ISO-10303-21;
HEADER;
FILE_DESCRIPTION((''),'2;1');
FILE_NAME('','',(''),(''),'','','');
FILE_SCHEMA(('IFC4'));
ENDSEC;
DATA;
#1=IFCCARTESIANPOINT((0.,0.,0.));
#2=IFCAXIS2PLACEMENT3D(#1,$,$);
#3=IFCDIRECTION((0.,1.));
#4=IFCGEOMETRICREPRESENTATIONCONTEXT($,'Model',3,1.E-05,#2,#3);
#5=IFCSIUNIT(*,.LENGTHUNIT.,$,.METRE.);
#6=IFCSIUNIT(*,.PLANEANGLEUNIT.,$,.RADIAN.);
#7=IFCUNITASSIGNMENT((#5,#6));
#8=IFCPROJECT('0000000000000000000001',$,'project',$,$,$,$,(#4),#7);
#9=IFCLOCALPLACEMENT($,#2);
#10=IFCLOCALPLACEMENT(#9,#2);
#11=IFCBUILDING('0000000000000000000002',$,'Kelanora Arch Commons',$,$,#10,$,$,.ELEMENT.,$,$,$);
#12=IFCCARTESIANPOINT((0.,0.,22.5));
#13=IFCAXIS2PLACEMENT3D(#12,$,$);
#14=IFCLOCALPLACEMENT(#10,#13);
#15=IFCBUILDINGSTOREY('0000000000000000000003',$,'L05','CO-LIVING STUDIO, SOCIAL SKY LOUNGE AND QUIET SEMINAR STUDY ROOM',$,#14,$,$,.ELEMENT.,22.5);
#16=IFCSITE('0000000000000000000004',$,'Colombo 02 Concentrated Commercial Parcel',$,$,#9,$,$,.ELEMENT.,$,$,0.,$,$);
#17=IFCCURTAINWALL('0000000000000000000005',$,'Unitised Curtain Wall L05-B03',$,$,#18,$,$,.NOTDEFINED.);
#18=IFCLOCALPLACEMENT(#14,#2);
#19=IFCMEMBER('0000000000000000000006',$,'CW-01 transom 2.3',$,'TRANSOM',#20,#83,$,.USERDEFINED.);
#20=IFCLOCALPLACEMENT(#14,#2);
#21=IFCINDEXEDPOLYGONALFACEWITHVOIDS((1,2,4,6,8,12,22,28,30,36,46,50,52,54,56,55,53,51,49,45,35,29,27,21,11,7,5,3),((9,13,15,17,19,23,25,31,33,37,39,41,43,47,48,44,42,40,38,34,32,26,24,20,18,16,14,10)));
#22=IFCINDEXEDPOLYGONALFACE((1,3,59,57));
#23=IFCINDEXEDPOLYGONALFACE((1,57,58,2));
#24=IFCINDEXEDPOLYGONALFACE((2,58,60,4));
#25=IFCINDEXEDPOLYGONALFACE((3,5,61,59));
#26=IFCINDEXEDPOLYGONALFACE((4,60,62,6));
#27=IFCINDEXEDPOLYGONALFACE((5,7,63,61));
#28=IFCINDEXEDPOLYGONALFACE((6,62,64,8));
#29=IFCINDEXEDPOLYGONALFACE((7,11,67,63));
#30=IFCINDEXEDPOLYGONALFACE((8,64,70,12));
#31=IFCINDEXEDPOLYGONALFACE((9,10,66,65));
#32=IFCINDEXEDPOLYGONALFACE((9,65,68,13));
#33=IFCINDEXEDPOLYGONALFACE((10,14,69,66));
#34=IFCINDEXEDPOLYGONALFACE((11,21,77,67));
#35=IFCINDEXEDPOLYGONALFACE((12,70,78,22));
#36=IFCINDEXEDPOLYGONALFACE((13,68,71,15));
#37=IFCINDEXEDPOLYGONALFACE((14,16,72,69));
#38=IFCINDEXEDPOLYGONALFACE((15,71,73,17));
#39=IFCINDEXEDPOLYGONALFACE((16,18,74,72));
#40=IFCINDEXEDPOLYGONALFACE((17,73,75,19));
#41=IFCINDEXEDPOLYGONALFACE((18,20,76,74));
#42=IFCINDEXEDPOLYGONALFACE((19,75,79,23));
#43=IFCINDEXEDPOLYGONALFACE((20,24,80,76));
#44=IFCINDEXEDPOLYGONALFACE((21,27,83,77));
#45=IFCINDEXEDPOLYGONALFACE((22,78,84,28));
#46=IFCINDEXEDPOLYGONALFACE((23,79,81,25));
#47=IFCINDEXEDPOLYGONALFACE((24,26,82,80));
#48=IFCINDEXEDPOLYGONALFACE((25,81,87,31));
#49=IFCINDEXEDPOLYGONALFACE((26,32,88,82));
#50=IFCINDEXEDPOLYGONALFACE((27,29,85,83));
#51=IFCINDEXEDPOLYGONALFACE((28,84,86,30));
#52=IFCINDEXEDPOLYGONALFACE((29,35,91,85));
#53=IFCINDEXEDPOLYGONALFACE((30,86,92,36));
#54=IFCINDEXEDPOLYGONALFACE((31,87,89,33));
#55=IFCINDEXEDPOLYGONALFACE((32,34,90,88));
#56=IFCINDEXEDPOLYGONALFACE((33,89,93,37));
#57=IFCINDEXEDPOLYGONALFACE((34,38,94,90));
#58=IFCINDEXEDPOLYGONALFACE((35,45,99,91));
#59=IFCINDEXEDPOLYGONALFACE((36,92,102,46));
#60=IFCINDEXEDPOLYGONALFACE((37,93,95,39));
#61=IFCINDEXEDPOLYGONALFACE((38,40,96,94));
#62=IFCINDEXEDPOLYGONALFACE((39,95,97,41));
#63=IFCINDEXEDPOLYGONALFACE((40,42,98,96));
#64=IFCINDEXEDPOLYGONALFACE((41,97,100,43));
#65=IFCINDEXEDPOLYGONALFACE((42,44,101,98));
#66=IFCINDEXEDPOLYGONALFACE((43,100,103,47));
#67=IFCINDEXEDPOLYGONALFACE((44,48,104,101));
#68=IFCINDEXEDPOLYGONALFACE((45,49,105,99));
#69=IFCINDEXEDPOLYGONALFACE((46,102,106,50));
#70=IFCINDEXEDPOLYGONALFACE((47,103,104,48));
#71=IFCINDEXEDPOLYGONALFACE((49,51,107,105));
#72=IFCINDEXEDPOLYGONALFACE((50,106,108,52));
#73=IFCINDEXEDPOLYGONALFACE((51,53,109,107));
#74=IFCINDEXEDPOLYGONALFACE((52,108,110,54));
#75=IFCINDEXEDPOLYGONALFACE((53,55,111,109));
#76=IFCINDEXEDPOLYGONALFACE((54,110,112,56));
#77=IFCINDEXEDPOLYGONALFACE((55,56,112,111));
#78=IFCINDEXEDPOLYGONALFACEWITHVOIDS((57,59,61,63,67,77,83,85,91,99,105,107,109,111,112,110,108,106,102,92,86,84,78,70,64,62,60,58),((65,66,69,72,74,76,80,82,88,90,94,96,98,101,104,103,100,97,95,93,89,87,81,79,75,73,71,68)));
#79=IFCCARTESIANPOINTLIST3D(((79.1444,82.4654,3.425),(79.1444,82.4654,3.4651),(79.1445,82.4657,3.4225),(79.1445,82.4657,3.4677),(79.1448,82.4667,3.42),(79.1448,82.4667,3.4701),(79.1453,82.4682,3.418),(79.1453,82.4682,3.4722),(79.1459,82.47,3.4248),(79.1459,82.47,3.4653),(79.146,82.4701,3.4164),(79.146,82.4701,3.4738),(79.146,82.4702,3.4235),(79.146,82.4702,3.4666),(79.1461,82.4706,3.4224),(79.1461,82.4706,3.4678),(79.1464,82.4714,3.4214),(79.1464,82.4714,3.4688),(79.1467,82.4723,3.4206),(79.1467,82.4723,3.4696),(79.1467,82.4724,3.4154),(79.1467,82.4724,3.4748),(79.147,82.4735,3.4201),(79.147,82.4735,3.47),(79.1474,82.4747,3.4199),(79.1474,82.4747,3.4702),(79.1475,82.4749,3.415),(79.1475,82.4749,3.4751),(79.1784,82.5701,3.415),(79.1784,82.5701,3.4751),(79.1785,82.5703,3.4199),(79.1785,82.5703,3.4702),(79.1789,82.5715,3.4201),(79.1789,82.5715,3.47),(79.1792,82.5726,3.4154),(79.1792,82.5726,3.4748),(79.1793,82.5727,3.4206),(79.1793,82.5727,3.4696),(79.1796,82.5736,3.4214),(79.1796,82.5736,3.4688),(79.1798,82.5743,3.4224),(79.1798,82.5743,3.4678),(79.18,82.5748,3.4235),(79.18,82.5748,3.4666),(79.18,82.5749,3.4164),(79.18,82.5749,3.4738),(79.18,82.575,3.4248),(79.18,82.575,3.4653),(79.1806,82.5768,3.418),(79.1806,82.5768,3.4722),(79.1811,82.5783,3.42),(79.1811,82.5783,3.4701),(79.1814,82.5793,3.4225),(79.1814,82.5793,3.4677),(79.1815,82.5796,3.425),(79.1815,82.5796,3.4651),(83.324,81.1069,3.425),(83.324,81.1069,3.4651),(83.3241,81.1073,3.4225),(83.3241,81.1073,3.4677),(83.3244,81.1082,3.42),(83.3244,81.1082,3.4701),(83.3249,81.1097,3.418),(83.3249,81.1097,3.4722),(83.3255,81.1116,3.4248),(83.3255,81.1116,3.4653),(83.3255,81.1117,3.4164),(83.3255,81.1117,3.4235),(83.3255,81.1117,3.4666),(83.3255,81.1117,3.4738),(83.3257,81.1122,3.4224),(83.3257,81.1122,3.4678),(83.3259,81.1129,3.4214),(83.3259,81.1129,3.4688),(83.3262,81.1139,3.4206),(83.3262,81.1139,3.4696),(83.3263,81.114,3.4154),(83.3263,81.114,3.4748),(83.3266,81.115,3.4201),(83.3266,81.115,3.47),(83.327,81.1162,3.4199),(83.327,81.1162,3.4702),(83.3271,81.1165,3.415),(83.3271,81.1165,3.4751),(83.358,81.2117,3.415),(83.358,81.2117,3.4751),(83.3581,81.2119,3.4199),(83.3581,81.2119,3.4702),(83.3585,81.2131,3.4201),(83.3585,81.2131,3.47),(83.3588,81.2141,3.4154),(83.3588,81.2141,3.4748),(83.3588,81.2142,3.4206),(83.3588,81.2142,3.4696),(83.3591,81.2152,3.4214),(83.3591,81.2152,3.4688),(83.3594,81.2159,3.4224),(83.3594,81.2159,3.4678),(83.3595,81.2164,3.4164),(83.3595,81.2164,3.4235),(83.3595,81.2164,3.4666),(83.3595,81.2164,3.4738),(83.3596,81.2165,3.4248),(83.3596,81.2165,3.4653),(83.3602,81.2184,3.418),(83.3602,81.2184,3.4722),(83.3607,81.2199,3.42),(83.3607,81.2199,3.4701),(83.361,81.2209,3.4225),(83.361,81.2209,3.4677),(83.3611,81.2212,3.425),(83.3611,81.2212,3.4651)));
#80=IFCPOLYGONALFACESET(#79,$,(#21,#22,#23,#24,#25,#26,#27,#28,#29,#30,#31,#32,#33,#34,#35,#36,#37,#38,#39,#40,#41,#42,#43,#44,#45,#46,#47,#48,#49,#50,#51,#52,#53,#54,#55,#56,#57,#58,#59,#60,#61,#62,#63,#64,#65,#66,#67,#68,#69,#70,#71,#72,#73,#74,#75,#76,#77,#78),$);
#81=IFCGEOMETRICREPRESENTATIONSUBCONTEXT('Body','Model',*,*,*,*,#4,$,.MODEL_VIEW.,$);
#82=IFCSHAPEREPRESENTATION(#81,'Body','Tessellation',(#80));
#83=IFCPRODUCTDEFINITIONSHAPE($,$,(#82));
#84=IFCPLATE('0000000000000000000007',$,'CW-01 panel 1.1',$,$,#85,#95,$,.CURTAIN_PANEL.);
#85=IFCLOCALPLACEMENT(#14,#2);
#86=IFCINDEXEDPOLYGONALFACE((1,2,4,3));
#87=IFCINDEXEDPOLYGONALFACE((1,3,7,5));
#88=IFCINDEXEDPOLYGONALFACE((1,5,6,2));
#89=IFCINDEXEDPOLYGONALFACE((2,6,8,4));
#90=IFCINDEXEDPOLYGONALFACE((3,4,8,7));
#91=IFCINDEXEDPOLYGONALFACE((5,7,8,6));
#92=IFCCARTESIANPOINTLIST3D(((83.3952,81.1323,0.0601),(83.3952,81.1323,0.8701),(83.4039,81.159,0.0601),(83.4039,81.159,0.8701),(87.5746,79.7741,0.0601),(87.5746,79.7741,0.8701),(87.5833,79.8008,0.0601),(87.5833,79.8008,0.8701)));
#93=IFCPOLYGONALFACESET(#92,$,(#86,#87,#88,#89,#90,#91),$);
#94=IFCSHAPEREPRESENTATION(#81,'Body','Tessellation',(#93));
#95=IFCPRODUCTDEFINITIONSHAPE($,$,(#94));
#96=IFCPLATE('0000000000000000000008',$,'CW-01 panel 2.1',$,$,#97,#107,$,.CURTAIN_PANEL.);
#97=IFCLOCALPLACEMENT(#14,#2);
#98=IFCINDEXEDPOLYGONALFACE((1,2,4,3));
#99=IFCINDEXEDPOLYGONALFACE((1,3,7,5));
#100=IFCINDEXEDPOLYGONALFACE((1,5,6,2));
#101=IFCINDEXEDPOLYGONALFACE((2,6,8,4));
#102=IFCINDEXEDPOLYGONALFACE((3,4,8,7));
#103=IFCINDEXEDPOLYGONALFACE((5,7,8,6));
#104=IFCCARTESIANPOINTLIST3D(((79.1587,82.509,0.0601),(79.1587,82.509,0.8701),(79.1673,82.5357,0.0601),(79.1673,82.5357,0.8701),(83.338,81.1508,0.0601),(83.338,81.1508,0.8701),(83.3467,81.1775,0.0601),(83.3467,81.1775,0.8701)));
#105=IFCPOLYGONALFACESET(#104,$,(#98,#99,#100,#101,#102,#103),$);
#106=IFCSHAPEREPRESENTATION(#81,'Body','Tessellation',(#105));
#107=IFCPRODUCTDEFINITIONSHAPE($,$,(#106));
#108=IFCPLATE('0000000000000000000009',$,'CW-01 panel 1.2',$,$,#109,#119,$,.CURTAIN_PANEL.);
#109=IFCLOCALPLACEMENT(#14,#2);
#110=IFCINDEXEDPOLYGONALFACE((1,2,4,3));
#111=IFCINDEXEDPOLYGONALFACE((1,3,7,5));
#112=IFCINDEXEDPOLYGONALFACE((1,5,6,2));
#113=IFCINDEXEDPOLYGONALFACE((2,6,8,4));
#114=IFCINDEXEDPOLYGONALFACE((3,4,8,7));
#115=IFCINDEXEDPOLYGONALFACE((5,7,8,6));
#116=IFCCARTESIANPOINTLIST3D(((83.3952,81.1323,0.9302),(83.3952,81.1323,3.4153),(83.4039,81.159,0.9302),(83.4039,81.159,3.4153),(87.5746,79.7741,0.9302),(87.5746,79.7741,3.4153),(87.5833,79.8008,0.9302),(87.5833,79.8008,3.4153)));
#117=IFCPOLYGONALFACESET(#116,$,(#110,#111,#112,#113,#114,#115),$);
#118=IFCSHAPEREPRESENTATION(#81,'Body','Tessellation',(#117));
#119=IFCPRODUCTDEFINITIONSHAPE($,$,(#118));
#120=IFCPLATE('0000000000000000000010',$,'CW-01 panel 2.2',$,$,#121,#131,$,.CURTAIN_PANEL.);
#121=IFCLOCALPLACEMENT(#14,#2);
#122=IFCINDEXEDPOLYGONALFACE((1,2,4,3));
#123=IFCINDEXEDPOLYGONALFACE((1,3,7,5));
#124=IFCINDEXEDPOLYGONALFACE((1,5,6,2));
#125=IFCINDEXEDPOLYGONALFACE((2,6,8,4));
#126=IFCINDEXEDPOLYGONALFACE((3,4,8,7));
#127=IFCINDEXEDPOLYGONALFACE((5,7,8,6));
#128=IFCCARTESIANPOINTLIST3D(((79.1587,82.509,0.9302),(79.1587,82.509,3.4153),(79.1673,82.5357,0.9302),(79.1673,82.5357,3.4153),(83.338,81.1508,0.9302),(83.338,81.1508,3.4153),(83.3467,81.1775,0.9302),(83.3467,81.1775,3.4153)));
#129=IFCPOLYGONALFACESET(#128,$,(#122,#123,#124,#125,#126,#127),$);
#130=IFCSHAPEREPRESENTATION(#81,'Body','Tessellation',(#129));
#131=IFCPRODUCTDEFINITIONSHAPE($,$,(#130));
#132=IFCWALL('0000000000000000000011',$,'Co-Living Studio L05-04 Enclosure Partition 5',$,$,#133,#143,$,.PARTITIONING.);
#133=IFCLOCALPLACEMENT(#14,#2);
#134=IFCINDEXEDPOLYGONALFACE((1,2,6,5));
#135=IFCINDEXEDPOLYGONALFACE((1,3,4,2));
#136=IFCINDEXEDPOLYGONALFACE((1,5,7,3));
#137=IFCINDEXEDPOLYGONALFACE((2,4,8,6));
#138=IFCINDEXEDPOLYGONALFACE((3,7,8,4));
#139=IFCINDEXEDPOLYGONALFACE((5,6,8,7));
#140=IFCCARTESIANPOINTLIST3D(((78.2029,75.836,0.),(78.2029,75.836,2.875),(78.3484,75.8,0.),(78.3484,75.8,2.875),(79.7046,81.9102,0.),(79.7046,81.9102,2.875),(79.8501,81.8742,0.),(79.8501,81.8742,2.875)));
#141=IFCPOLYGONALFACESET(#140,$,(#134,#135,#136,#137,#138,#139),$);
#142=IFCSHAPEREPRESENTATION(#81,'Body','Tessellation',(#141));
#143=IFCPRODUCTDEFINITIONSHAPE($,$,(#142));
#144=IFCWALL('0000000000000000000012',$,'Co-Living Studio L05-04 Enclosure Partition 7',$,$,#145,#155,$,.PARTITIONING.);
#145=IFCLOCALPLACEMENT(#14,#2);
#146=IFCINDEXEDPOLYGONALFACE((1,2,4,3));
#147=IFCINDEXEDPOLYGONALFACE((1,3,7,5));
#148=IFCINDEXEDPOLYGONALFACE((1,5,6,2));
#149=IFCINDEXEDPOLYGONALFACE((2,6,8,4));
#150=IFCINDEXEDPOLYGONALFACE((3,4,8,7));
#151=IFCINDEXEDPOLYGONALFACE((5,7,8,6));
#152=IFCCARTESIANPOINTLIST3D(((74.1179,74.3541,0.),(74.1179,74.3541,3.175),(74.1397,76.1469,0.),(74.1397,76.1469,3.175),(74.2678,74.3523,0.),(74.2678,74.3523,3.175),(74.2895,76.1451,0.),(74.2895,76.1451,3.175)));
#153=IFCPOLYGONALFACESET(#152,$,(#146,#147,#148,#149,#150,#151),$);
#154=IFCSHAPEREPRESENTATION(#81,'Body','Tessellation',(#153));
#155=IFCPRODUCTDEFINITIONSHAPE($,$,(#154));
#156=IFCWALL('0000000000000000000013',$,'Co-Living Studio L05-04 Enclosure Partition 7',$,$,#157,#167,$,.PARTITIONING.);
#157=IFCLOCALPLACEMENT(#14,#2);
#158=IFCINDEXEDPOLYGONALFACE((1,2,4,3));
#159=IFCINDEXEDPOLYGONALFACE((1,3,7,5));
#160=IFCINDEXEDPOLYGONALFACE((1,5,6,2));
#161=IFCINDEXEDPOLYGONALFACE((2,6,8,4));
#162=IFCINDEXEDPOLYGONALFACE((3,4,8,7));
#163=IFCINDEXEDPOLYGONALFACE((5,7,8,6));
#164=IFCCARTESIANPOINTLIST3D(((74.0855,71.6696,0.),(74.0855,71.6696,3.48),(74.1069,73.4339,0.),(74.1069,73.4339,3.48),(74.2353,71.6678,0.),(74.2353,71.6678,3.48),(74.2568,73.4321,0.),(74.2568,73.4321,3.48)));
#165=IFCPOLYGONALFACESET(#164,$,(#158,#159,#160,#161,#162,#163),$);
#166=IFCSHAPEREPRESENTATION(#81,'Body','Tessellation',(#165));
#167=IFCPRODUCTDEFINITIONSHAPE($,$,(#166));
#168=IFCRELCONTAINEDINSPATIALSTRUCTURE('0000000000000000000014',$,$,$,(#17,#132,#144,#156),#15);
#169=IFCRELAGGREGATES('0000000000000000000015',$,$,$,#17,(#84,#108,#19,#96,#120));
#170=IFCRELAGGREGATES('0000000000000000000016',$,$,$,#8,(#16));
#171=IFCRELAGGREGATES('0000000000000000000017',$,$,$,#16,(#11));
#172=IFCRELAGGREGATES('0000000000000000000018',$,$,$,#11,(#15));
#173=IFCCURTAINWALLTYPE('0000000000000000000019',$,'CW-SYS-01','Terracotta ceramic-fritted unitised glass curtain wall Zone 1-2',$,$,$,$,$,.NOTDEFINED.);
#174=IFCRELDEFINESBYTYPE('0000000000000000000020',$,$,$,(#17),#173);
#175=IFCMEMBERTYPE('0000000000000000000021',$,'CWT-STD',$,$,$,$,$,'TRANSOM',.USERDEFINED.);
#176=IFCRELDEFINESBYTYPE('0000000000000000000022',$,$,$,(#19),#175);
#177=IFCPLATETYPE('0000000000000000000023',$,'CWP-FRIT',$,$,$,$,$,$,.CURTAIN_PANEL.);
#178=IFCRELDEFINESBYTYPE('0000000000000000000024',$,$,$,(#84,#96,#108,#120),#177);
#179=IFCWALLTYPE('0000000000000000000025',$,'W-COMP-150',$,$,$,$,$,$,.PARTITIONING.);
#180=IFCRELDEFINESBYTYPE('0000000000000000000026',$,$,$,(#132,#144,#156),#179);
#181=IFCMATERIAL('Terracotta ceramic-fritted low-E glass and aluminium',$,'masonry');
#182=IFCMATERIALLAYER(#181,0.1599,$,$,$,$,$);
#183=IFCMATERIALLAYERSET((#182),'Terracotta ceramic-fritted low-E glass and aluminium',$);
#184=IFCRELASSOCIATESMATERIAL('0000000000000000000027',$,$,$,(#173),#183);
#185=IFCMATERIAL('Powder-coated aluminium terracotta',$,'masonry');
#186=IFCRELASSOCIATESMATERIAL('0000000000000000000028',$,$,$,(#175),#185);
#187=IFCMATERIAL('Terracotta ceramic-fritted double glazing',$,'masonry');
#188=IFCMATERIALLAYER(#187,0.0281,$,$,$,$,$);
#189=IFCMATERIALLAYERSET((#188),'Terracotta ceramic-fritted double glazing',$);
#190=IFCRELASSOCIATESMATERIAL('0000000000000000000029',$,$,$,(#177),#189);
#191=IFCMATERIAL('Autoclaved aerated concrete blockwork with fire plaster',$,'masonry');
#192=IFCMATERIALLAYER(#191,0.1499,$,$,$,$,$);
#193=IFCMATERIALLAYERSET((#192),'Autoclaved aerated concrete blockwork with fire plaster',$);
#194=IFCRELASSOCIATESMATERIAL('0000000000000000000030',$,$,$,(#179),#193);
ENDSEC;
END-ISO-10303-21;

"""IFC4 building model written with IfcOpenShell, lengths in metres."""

from ifc_helpers import new_model, si_unit, direction, frame, frame_2d, origin, origin_2d, place, context, subcontext, project, spatial, rectangle, hollow_rectangle, extrude, source, transform, mapped, material, layer, layer_set, material_profile, profile_set, type_object, element, aggregate, save


model = new_model("IFC4")

# Units and contexts
model_context = context("Model", 3, precision=1e-05, world=origin(), true_north=direction((0.0, 1.0)))
body_context = subcontext(model_context, "Body", "Model", "MODEL_VIEW")
ifc_project = project(units=[si_unit("LENGTHUNIT", "METRE"), si_unit("PLANEANGLEUNIT", "RADIAN")], contexts=[model_context])

# Site, building, storey
site_placement = place(None, origin())
site = spatial("IfcSite", under=ifc_project, at=site_placement, Name="Colombo 02 Concentrated Commercial Parcel", CompositionType="ELEMENT", RefElevation=0.0)
building_placement = place(site_placement, origin())
building = spatial("IfcBuilding", under=site, at=building_placement, Name="Kelanora Arch Commons", CompositionType="ELEMENT")
storey_placement = place(building_placement, frame((0.0, 0.0, 22.5)))
storey = spatial("IfcBuildingStorey", under=building, at=storey_placement, Name="L05", Description="CO-LIVING STUDIO, SOCIAL SKY LOUNGE AND QUIET SEMINAR STUDY ROOM", CompositionType="ELEMENT", Elevation=22.5)

# Curtain wall, member, plates
ifc_material_1 = material(Name="Terracotta ceramic-fritted low-E glass and aluminium", Category="masonry")
ifc_layer_1 = layer(ifc_material_1, 0.1599)
ifc_layer_set_1 = layer_set([ifc_layer_1], Name="Terracotta ceramic-fritted low-E glass and aluminium")
curtain_wall_type = type_object("IfcCurtainWallType", Name="CW-SYS-01", Description="Terracotta ceramic-fritted unitised glass curtain wall Zone 1-2", PredefinedType="NOTDEFINED", material=ifc_layer_set_1)
curtain_wall_placement = place(storey_placement, origin())
curtain_wall = element("IfcCurtainWall", 1, at=curtain_wall_placement, inside=storey, type_object=curtain_wall_type, Name="Unitised Curtain Wall L05-B03", PredefinedType="NOTDEFINED")
ifc_material_2 = material(Name="Powder-coated aluminium terracotta", Category="masonry")
ifc_material_profile_1 = material_profile(ifc_material_2, hollow_rectangle(XDim=0.1201, YDim=0.0601, WallThickness=0.0049, InnerFilletRadius=0.0049, OuterFilletRadius=0.01, at=origin_2d()), Name="CWT120x60")
ifc_profile_set_1 = profile_set([ifc_material_profile_1], Name="Powder-coated aluminium terracotta")
member_type_1 = type_object("IfcMemberType", Name="CWT-STD", ElementType="TRANSOM", PredefinedType="USERDEFINED", material=ifc_profile_set_1)
member_1_placement = place(storey_placement, frame((83.3425, 81.1641, 3.4451), z_axis=(-0.951029, 0.309102, 0.0), x_axis=(-0.309102, -0.951029, 0.0)))
member_1 = element("IfcMember", 2, at=member_1_placement, type_object=member_type_1, Name="CW-01 transom 2.3", ObjectType="TRANSOM", PredefinedType="USERDEFINED", context=body_context, shape_type="SweptSolid", body=[
    extrude(hollow_rectangle(XDim=0.1201, YDim=0.0601, WallThickness=0.0049, InnerFilletRadius=0.0049, OuterFilletRadius=0.01, at=origin_2d()), origin(), (0.0, 0.0, 1.0), 4.3948),
])
ifc_material_3 = material(Name="Terracotta ceramic-fritted double glazing", Category="masonry")
ifc_layer_2 = layer(ifc_material_3, 0.0281)
ifc_layer_set_2 = layer_set([ifc_layer_2], Name="Terracotta ceramic-fritted double glazing")
plate_type = type_object("IfcPlateType", Name="CWP-FRIT", PredefinedType="CURTAIN_PANEL", material=ifc_layer_set_2)
shared_shape_1 = source(origin(), body_context, "Body", "SweptSolid", [
    extrude(rectangle(XDim=4.3945, YDim=0.0281, at=origin_2d()), origin(), (0.0, 0.0, 1.0), 0.8101),
])
plate_1_placement = place(storey_placement, frame((85.4893, 80.4666, 0.0601), z_axis=(0.0, 0.0, 1.0), x_axis=(-0.951043, 0.309058, 0.0)))
plate_1 = element("IfcPlate", 3, at=plate_1_placement, type_object=plate_type, Name="CW-01 panel 1.1", PredefinedType="CURTAIN_PANEL", context=body_context, shape_type="MappedRepresentation", body=[
    mapped(shared_shape_1, transform((0.0, 0.0, 0.0), scale=1.0)),
])
plate_2_placement = place(storey_placement, frame((81.2527, 81.8433, 0.0601), z_axis=(0.0, 0.0, 1.0), x_axis=(-0.951043, 0.309058, 0.0)))
plate_2 = element("IfcPlate", 4, at=plate_2_placement, type_object=plate_type, Name="CW-01 panel 2.1", PredefinedType="CURTAIN_PANEL", context=body_context, shape_type="MappedRepresentation", body=[
    mapped(shared_shape_1, transform((0.0, 0.0, 0.0), scale=1.0)),
])
shared_shape_2 = source(origin(), body_context, "Body", "SweptSolid", [
    extrude(rectangle(XDim=4.3945, YDim=0.0281, at=origin_2d()), origin(), (0.0, 0.0, 1.0), 2.4851),
])
plate_3_placement = place(storey_placement, frame((85.4893, 80.4666, 0.9302), z_axis=(0.0, 0.0, 1.0), x_axis=(-0.951043, 0.309058, 0.0)))
plate_3 = element("IfcPlate", 5, at=plate_3_placement, type_object=plate_type, Name="CW-01 panel 1.2", PredefinedType="CURTAIN_PANEL", context=body_context, shape_type="MappedRepresentation", body=[
    mapped(shared_shape_2, transform((0.0, 0.0, 0.0), scale=1.0)),
])
plate_4_placement = place(storey_placement, frame((81.2527, 81.8433, 0.9302), z_axis=(0.0, 0.0, 1.0), x_axis=(-0.951043, 0.309058, 0.0)))
plate_4 = element("IfcPlate", 6, at=plate_4_placement, type_object=plate_type, Name="CW-01 panel 2.2", PredefinedType="CURTAIN_PANEL", context=body_context, shape_type="MappedRepresentation", body=[
    mapped(shared_shape_2, transform((0.0, 0.0, 0.0), scale=1.0)),
])
aggregate(curtain_wall, [plate_1, plate_3, member_1, plate_2, plate_4])

# Walls
ifc_material_4 = material(Name="Autoclaved aerated concrete blockwork with fire plaster", Category="masonry")
ifc_layer_3 = layer(ifc_material_4, 0.1499)
ifc_layer_set_3 = layer_set([ifc_layer_3], Name="Autoclaved aerated concrete blockwork with fire plaster")
wall_type_1 = type_object("IfcWallType", Name="W-COMP-150", PredefinedType="PARTITIONING", material=ifc_layer_set_3)
wall_1_placement = place(storey_placement, frame((79.7773, 81.8921, 0.0), z_axis=(0.0, 0.0, 1.0), x_axis=(-0.240001, -0.970773, 0.0)))
element("IfcWall", 7, at=wall_1_placement, inside=storey, type_object=wall_type_1, Name="Co-Living Studio L05-04 Enclosure Partition 5", PredefinedType="PARTITIONING", context=body_context, shape_type="SweptSolid", body=[
    extrude(rectangle(XDim=6.2571, YDim=0.1499, at=frame_2d((3.1284, 0.0))), origin(), (0.0, 0.0, 1.0), 2.875),
])
wall_2_placement = place(storey_placement, frame((74.2146, 76.146, 0.0), z_axis=(0.0, 0.0, 1.0), x_axis=(-0.012119, -0.999927, 0.0)))
element("IfcWall", 8, at=wall_2_placement, inside=storey, type_object=wall_type_1, Name="Co-Living Studio L05-04 Enclosure Partition 7", PredefinedType="PARTITIONING", context=body_context, shape_type="SweptSolid", body=[
    extrude(rectangle(XDim=1.793, YDim=0.1499, at=frame_2d((0.8965, 0.0))), origin(), (0.0, 0.0, 1.0), 3.175),
])
wall_3_placement = place(storey_placement, frame((74.1819, 73.4331, 0.0), z_axis=(0.0, 0.0, 1.0), x_axis=(-0.012177, -0.999926, 0.0)))
element("IfcWall", 9, at=wall_3_placement, inside=storey, type_object=wall_type_1, Name="Co-Living Studio L05-04 Enclosure Partition 7", PredefinedType="PARTITIONING", context=body_context, shape_type="SweptSolid", body=[
    extrude(rectangle(XDim=1.7644, YDim=0.1499, at=frame_2d((0.8823, 0.0))), origin(), (0.0, 0.0, 1.0), 3.48),
])

save(model, "model.ifc")
